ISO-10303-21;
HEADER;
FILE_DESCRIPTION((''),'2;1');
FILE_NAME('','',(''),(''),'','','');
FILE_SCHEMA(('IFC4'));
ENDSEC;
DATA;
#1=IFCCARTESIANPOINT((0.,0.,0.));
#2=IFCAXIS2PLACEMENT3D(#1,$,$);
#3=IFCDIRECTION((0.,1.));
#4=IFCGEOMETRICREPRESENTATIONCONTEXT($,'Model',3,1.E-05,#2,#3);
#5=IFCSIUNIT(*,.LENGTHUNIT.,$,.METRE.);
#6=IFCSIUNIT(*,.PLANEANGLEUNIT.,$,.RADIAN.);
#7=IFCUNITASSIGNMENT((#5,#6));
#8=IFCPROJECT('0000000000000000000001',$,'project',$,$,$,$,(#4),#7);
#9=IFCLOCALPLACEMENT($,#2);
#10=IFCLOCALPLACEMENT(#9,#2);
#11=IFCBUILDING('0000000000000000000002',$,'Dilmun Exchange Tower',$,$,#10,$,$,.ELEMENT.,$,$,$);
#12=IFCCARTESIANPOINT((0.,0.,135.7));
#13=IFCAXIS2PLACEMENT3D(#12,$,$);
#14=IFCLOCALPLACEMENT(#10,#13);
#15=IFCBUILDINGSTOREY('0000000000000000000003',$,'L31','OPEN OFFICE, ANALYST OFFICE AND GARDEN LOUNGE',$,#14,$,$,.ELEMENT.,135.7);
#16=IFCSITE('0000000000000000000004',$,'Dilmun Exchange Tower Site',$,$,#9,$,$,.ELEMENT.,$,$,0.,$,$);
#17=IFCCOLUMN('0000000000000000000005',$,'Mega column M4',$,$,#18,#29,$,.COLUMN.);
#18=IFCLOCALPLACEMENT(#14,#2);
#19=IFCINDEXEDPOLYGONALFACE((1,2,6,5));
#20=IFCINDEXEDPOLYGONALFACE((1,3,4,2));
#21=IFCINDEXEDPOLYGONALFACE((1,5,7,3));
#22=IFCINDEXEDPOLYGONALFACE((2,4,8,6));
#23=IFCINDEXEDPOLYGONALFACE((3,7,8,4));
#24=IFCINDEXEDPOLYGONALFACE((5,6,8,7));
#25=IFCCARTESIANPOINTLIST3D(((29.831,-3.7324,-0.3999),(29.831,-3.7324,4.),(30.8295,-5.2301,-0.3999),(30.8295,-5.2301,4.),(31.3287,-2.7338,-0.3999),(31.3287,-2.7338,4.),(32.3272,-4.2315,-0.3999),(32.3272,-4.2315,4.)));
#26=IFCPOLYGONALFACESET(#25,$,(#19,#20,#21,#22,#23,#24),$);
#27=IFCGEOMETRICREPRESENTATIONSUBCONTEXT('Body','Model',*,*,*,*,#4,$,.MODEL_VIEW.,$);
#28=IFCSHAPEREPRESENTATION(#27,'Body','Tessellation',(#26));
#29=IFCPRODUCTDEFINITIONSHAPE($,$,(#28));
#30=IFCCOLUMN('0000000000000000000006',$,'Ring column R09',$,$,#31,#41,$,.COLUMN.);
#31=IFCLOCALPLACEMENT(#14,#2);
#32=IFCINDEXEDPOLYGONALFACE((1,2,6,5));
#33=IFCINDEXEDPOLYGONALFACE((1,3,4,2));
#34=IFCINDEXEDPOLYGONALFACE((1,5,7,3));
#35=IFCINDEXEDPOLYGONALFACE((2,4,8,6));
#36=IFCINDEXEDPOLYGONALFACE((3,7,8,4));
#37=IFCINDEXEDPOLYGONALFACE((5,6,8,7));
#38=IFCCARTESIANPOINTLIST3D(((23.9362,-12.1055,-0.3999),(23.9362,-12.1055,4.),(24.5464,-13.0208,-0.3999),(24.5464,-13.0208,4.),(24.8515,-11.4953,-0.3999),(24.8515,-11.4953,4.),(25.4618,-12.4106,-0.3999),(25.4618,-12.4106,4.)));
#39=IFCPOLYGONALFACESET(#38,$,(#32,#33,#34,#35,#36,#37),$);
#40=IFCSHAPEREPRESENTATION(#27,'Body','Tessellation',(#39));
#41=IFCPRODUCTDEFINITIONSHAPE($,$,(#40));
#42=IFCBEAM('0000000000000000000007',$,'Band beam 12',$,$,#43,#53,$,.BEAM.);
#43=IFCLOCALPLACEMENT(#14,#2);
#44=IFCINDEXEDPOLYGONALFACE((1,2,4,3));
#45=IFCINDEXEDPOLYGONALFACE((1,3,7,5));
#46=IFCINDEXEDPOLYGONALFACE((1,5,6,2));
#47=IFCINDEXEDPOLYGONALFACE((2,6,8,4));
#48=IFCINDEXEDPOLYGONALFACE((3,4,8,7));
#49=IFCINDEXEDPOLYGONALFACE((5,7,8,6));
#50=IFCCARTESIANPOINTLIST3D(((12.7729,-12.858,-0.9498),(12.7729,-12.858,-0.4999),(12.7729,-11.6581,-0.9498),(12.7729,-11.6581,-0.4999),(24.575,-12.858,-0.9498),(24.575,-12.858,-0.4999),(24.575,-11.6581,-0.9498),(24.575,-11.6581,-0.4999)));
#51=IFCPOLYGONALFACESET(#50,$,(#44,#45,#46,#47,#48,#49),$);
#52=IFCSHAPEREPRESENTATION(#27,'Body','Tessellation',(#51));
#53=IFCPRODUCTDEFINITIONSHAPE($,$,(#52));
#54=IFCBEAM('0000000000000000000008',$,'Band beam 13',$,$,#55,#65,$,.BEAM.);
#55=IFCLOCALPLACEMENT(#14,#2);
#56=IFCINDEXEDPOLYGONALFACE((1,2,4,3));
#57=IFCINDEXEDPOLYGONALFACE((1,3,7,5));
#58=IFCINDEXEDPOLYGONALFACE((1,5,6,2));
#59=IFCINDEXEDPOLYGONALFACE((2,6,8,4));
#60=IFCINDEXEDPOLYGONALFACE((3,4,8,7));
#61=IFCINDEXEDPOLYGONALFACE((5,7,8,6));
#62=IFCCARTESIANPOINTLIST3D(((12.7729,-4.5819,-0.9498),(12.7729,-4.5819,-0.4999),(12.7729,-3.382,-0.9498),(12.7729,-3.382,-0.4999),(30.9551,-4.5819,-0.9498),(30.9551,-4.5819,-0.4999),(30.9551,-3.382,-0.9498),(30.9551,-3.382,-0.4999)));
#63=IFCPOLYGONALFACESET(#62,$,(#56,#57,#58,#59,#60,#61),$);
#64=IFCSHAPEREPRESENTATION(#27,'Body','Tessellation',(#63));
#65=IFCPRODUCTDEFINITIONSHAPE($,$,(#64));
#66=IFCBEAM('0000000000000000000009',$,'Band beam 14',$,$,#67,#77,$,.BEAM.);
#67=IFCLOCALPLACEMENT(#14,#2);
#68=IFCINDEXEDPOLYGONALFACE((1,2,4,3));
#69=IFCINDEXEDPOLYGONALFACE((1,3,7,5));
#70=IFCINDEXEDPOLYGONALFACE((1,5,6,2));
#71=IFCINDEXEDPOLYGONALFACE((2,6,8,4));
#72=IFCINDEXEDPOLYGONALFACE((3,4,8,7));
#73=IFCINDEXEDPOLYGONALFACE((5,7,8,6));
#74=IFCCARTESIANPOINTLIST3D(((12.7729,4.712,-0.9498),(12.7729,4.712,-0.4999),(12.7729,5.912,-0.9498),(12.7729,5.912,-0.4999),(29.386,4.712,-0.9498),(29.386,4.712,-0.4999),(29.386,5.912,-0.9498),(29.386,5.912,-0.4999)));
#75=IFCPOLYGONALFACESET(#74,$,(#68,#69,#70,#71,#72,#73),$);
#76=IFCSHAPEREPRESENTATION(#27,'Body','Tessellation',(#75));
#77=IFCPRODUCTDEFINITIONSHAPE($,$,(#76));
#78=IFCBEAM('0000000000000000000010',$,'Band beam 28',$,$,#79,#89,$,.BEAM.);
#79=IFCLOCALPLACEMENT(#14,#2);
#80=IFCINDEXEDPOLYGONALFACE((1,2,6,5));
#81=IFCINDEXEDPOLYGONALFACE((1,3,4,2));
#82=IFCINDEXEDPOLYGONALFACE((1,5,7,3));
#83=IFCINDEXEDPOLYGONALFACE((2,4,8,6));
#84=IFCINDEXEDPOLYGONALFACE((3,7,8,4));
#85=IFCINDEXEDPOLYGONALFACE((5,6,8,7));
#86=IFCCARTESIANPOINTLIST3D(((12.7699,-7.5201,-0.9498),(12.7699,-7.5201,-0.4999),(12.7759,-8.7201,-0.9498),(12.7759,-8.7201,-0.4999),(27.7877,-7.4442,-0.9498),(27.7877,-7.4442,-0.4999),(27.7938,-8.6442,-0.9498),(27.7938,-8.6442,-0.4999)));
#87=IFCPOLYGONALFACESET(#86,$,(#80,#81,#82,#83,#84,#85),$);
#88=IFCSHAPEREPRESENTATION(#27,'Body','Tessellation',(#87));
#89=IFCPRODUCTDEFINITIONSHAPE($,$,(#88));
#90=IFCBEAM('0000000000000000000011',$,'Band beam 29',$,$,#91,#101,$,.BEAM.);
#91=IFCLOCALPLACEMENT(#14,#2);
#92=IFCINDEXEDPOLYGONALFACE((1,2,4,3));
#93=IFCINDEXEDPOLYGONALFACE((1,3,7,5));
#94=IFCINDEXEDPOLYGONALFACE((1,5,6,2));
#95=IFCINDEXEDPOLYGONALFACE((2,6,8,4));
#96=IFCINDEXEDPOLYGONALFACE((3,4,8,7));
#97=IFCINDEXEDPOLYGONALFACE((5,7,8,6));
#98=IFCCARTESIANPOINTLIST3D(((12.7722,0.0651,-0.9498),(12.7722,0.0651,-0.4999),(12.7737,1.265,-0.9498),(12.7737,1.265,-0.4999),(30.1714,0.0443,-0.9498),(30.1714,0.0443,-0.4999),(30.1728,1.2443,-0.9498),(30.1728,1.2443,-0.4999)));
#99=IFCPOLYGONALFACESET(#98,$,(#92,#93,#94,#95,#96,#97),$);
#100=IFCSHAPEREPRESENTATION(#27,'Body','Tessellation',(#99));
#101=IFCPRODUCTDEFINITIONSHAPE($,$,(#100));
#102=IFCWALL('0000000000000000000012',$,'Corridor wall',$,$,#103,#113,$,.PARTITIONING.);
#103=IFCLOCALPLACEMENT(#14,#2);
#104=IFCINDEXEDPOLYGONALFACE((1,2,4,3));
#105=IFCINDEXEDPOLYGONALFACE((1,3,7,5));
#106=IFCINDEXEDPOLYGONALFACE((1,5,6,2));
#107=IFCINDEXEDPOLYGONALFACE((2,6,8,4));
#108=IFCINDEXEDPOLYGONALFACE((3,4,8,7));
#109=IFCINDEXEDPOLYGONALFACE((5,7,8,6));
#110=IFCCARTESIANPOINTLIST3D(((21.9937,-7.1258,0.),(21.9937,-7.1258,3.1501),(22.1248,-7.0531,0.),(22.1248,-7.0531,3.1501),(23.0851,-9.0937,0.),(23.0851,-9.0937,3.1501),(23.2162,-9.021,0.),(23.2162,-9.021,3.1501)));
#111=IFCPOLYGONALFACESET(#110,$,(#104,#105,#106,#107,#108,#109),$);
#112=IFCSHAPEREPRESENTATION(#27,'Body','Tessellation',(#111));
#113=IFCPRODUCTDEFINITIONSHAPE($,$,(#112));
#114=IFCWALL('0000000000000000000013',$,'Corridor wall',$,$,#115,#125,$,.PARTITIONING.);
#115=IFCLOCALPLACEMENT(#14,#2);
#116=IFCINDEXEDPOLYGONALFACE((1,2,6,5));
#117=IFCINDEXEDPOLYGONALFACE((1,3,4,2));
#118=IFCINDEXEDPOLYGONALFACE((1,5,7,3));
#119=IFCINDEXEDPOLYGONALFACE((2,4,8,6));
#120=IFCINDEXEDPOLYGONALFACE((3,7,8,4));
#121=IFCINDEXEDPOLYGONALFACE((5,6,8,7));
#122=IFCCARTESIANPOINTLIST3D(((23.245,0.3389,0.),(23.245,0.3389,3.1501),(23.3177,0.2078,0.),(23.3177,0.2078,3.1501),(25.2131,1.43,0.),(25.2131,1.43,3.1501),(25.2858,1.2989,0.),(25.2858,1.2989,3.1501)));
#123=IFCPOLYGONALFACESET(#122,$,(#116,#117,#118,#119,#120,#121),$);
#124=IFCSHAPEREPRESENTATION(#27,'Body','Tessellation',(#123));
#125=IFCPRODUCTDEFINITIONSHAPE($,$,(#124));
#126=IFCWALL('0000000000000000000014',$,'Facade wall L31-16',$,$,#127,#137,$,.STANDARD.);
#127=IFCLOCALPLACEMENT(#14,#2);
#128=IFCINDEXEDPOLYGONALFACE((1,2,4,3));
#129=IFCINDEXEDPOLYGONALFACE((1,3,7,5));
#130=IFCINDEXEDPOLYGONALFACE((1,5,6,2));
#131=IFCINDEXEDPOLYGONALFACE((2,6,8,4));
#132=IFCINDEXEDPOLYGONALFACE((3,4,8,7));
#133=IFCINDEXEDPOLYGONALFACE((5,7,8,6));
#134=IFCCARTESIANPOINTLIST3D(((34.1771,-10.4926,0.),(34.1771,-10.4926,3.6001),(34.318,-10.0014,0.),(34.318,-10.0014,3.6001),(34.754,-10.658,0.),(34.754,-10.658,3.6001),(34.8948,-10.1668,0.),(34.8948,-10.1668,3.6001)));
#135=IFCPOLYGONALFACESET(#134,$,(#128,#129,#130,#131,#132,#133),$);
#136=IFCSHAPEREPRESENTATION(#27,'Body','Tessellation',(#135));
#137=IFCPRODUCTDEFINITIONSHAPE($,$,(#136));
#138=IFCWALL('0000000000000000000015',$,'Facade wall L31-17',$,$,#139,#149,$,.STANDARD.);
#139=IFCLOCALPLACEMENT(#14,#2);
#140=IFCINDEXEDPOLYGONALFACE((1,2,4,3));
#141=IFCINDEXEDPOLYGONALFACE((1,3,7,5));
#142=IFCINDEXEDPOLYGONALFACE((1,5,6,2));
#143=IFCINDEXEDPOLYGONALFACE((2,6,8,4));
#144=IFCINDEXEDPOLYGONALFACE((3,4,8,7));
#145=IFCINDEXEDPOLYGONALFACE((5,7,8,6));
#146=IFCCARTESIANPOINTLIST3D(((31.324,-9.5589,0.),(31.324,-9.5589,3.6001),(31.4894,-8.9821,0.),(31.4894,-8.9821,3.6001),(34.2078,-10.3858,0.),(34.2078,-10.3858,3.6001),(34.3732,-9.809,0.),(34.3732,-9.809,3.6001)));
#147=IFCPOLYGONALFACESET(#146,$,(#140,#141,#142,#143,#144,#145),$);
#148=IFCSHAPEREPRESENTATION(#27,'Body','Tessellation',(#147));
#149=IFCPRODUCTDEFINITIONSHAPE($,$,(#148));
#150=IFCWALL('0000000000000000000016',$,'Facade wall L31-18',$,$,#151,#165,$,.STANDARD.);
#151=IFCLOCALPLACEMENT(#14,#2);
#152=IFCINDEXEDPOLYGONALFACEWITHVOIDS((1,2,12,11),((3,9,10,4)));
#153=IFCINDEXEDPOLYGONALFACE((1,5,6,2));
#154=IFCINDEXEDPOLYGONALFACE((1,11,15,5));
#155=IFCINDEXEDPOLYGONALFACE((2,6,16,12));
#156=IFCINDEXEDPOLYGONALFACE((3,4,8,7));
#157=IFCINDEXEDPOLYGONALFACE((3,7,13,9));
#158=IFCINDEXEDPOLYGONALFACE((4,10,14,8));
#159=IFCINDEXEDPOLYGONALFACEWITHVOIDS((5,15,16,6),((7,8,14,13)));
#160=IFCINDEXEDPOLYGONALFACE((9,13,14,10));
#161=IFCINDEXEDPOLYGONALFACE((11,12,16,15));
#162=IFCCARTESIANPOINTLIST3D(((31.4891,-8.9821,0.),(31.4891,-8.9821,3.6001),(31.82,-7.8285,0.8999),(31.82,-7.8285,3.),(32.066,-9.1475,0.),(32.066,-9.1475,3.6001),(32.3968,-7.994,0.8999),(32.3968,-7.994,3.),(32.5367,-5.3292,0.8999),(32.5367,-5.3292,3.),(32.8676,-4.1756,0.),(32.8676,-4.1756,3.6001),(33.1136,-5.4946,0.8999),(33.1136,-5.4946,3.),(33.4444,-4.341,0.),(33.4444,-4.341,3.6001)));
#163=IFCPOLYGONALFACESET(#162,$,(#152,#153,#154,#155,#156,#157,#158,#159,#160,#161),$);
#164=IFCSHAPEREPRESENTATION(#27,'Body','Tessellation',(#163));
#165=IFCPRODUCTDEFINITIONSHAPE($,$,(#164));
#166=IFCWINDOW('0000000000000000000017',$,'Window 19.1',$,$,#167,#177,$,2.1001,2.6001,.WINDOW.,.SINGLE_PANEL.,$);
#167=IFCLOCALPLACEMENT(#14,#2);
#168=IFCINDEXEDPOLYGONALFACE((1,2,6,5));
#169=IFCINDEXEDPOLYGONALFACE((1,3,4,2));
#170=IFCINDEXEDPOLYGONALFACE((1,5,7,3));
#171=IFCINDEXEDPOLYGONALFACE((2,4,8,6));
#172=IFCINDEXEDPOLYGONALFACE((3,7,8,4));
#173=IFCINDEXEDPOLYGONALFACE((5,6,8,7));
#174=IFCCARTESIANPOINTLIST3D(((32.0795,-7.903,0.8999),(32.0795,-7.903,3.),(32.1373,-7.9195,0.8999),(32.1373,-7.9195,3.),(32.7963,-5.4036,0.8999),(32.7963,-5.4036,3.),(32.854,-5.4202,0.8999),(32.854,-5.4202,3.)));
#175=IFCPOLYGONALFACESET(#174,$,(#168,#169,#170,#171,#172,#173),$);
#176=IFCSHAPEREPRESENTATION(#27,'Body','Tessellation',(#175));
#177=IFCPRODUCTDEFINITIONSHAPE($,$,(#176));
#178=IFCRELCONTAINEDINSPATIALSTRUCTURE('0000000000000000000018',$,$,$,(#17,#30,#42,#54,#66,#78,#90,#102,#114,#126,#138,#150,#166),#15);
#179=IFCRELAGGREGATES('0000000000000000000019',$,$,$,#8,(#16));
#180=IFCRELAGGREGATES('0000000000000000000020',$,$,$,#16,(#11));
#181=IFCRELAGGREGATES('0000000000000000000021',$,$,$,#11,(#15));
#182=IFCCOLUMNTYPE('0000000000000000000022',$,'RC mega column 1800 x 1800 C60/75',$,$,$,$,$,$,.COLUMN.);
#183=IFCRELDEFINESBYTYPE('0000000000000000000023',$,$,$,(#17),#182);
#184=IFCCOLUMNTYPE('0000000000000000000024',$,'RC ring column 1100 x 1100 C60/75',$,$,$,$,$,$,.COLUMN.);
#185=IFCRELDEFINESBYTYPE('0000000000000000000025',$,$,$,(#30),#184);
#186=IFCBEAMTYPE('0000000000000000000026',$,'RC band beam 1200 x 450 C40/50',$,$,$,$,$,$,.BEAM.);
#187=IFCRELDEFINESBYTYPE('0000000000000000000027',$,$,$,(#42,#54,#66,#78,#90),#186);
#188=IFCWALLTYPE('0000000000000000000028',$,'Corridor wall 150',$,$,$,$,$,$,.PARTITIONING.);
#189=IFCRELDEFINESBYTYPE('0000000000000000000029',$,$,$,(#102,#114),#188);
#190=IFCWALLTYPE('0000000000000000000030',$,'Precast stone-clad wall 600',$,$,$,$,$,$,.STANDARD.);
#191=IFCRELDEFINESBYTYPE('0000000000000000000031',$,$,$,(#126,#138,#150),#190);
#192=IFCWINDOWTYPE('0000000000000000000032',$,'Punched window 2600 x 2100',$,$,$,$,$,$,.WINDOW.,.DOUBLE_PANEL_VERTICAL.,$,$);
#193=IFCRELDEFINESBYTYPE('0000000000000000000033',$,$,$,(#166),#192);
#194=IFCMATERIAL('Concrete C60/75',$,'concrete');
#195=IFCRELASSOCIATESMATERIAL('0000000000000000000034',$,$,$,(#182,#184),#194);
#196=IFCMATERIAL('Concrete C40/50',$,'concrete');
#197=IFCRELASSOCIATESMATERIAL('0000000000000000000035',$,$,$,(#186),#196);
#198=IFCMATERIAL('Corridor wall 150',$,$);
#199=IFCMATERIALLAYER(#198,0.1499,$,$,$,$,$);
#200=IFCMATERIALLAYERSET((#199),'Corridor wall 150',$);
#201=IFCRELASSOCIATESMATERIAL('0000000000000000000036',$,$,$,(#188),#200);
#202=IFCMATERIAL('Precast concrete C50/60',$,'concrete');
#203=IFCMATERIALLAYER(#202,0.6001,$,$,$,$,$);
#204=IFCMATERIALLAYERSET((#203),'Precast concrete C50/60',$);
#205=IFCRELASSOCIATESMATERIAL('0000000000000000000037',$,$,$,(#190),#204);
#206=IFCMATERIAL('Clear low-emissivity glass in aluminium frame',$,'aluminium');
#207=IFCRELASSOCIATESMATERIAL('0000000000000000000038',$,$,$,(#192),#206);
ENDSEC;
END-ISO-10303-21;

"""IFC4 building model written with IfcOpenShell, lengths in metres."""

from ifc_helpers import new_model, si_unit, direction, frame, frame_2d, origin, origin_2d, place, context, subcontext, project, spatial, rectangle, extrude, material, layer, layer_set, material_profile, profile_set, type_object, element, fill, save


model = new_model("IFC4")

# Units and contexts
model_context = context("Model", 3, precision=1e-05, world=origin(), true_north=direction((0.0, 1.0)))
body_context = subcontext(model_context, "Body", "Model", "MODEL_VIEW")
ifc_project = project(units=[si_unit("LENGTHUNIT", "METRE"), si_unit("PLANEANGLEUNIT", "RADIAN")], contexts=[model_context])

# Site, building, storey
site_placement = place(None, origin())
site = spatial("IfcSite", under=ifc_project, at=site_placement, Name="Dilmun Exchange Tower Site", CompositionType="ELEMENT", RefElevation=0.0)
building_placement = place(site_placement, origin())
building = spatial("IfcBuilding", under=site, at=building_placement, Name="Dilmun Exchange Tower", CompositionType="ELEMENT")
storey_placement = place(building_placement, frame((0.0, 0.0, 135.7)))
storey = spatial("IfcBuildingStorey", under=building, at=storey_placement, Name="L31", Description="OPEN OFFICE, ANALYST OFFICE AND GARDEN LOUNGE", CompositionType="ELEMENT", Elevation=135.7)

# Columns
ifc_material_1 = material(Name="Concrete C60/75", Category="concrete")
ifc_material_profile_1 = material_profile(ifc_material_1, rectangle(XDim=1.8, YDim=1.8, at=origin_2d()), Name="1800 x 1800")
ifc_profile_set_1 = profile_set([ifc_material_profile_1], Name="Concrete C60/75")
column_type_1 = type_object("IfcColumnType", Name="RC mega column 1800 x 1800 C60/75", PredefinedType="COLUMN", material=ifc_profile_set_1)
column_1_placement = place(storey_placement, frame((31.0791, -3.9819, -0.3999), z_axis=(0.0, 0.0, 1.0), x_axis=(0.832029, 0.554733, 0.0)))
element("IfcColumn", 1, at=column_1_placement, inside=storey, type_object=column_type_1, Name="Mega column M4", PredefinedType="COLUMN", context=body_context, shape_type="SweptSolid", body=[
    extrude(rectangle(XDim=1.8, YDim=1.8, at=origin_2d()), origin(), (0.0, 0.0, 1.0), 4.3999),
])
ifc_material_profile_2 = material_profile(ifc_material_1, rectangle(XDim=1.1001, YDim=1.1001, at=origin_2d()), Name="1100 x 1100")
ifc_profile_set_2 = profile_set([ifc_material_profile_2], Name="Concrete C60/75")
column_type_2 = type_object("IfcColumnType", Name="RC ring column 1100 x 1100 C60/75", PredefinedType="COLUMN", material=ifc_profile_set_2)
column_2_placement = place(storey_placement, frame((24.699, -12.2581, -0.3999), z_axis=(0.0, 0.0, 1.0), x_axis=(0.832029, 0.554733, 0.0)))
element("IfcColumn", 2, at=column_2_placement, inside=storey, type_object=column_type_2, Name="Ring column R09", PredefinedType="COLUMN", context=body_context, shape_type="SweptSolid", body=[
    extrude(rectangle(XDim=1.1001, YDim=1.1001, at=origin_2d()), origin(), (0.0, 0.0, 1.0), 4.3999),
])

# Beams
ifc_material_2 = material(Name="Concrete C40/50", Category="concrete")
ifc_material_profile_3 = material_profile(ifc_material_2, rectangle(XDim=1.2, YDim=0.45, at=origin_2d()), Name="1200 x 450")
ifc_profile_set_3 = profile_set([ifc_material_profile_3], Name="Concrete C40/50")
beam_type = type_object("IfcBeamType", Name="RC band beam 1200 x 450 C40/50", PredefinedType="BEAM", material=ifc_profile_set_3)
beam_1_placement = place(storey_placement, frame((24.575, -12.2581, -0.7249), z_axis=(-1.0, 0.0, 0.0), x_axis=(0.0, -1.0, 0.0)))
element("IfcBeam", 3, at=beam_1_placement, inside=storey, type_object=beam_type, Name="Band beam 12", PredefinedType="BEAM", context=body_context, shape_type="SweptSolid", body=[
    extrude(rectangle(XDim=1.2, YDim=0.45, at=origin_2d()), origin(), (0.0, 0.0, 1.0), 11.802),
])
beam_2_placement = place(storey_placement, frame((30.9551, -3.9819, -0.7249), z_axis=(-1.0, 0.0, 0.0), x_axis=(0.0, -1.0, 0.0)))
element("IfcBeam", 4, at=beam_2_placement, inside=storey, type_object=beam_type, Name="Band beam 13", PredefinedType="BEAM", context=body_context, shape_type="SweptSolid", body=[
    extrude(rectangle(XDim=1.2, YDim=0.45, at=origin_2d()), origin(), (0.0, 0.0, 1.0), 18.1821),
])
beam_3_placement = place(storey_placement, frame((29.386, 5.312, -0.7249), z_axis=(-1.0, 0.0, 0.0), x_axis=(0.0, -1.0, 0.0)))
element("IfcBeam", 5, at=beam_3_placement, inside=storey, type_object=beam_type, Name="Band beam 14", PredefinedType="BEAM", context=body_context, shape_type="SweptSolid", body=[
    extrude(rectangle(XDim=1.2, YDim=0.45, at=origin_2d()), origin(), (0.0, 0.0, 1.0), 16.613),
])
beam_4_placement = place(storey_placement, frame((27.7908, -8.0442, -0.7249), z_axis=(-0.999987, -0.005056, 0.0), x_axis=(0.005056, -0.999987, 0.0)))
element("IfcBeam", 6, at=beam_4_placement, inside=storey, type_object=beam_type, Name="Band beam 28", PredefinedType="BEAM", context=body_context, shape_type="SweptSolid", body=[
    extrude(rectangle(XDim=1.2, YDim=0.45, at=origin_2d()), origin(), (0.0, 0.0, 1.0), 15.0181),
])
beam_5_placement = place(storey_placement, frame((30.1721, 0.6443, -0.7249), z_axis=(-0.999999, 0.001193, 0.0), x_axis=(-0.001193, -0.999999, 0.0)))
element("IfcBeam", 7, at=beam_5_placement, inside=storey, type_object=beam_type, Name="Band beam 29", PredefinedType="BEAM", context=body_context, shape_type="SweptSolid", body=[
    extrude(rectangle(XDim=1.2, YDim=0.45, at=origin_2d()), origin(), (0.0, 0.0, 1.0), 17.3992),
])

# Walls
ifc_material_3 = material(Name="Corridor wall 150")
ifc_layer_1 = layer(ifc_material_3, 0.1499)
ifc_layer_set_1 = layer_set([ifc_layer_1], Name="Corridor wall 150")
wall_type_1 = type_object("IfcWallType", Name="Corridor wall 150", PredefinedType="PARTITIONING", material=ifc_layer_set_1)
for number, where, z_axis, x_axis, name in (
    (8, (22.0593, -7.0896, 0.0), (0.0, 0.0, 1.0), (0.484998, -0.874515, 0.0), "Corridor wall"),
    (9, (23.2815, 0.2734, 0.0), (0.0, 0.0, 1.0), (0.874587, 0.484869, 0.0), "Corridor wall"),
):
    element("IfcWall", number, at=place(storey_placement, frame(where, z_axis=z_axis, x_axis=x_axis)), inside=storey, type_object=wall_type_1, Name=name, PredefinedType="PARTITIONING", context=body_context, shape_type="SweptSolid", body=[
        extrude(rectangle(XDim=2.2502, YDim=0.1499, at=frame_2d((1.125, 0.0))), origin(), (0.0, 0.0, 1.0), 3.1501),
    ])
ifc_material_4 = material(Name="Precast concrete C50/60", Category="concrete")
ifc_layer_2 = layer(ifc_material_4, 0.6001)
ifc_layer_set_2 = layer_set([ifc_layer_2], Name="Precast concrete C50/60")
wall_type_2 = type_object("IfcWallType", Name="Precast stone-clad wall 600", PredefinedType="STANDARD", material=ifc_layer_set_2)
wall_1_placement = place(storey_placement, frame((34.4656, -10.5752, 0.0), z_axis=(0.0, 0.0, 1.0), x_axis=(0.275668, 0.961253, 0.0)))
element("IfcWall", 10, at=wall_1_placement, inside=storey, type_object=wall_type_2, Name="Facade wall L31-16", PredefinedType="STANDARD", context=body_context, shape_type="SweptSolid", body=[
    extrude(rectangle(XDim=0.511, YDim=0.6001, at=frame_2d((0.2554, 0.0))), origin(), (0.0, 0.0, 1.0), 3.6001),
])
wall_2_placement = place(storey_placement, frame((34.2905, -10.0974, 0.0), z_axis=(0.0, 0.0, 1.0), x_axis=(-0.961262, 0.275635, 0.0)))
element("IfcWall", 11, at=wall_2_placement, inside=storey, type_object=wall_type_2, Name="Facade wall L31-17", PredefinedType="STANDARD", context=body_context, shape_type="SweptSolid", body=[
    extrude(rectangle(XDim=3.0, YDim=0.6001, at=frame_2d((1.5, 0.0))), origin(), (0.0, 0.0, 1.0), 3.6001),
])

# Wall, opening, window
wall_3_placement = place(storey_placement, frame((31.7776, -9.0647, 0.0), z_axis=(0.0, 0.0, 1.0), x_axis=(0.275675, 0.961251, 0.0)))
wall_3 = element("IfcWall", 12, at=wall_3_placement, inside=storey, type_object=wall_type_2, Name="Facade wall L31-18", PredefinedType="STANDARD", context=body_context, shape_type="SweptSolid", body=[
    extrude(rectangle(XDim=5.0002, YDim=0.6001, at=frame_2d((2.5, 0.0))), origin(), (0.0, 0.0, 1.0), 3.6001),
])
opening_1_placement = place(wall_3_placement, frame((1.2, 0.0, 0.8999)))
opening_1 = element("IfcOpeningElement", 13, at=opening_1_placement, cuts=wall_3, PredefinedType="OPENING", context=body_context, shape_type="SweptSolid", body=[
    extrude(rectangle(XDim=2.6001, YDim=2.1001, at=frame_2d((1.3, 1.05))), frame((0.0, 0.3101, 0.0), z_axis=(0.0, -1.0, 0.0), x_axis=(1.0, 0.0, 0.0)), (0.0, 0.0, 1.0), 0.6201),
])
ifc_material_5 = material(Name="Clear low-emissivity glass in aluminium frame", Category="aluminium")
window_type_1 = type_object("IfcWindowType", Name="Punched window 2600 x 2100", PartitioningType="DOUBLE_PANEL_VERTICAL", PredefinedType="WINDOW", material=ifc_material_5)
window_1_placement = place(opening_1_placement, origin())
window_1 = element("IfcWindow", 14, at=window_1_placement, inside=storey, type_object=window_type_1, Name="Window 19.1", OverallHeight=2.1001, OverallWidth=2.6001, PartitioningType="SINGLE_PANEL", PredefinedType="WINDOW", context=body_context, shape_type="SweptSolid", body=[
    extrude(rectangle(XDim=2.6001, YDim=2.1001, at=frame_2d((1.3, 1.05))), frame((0.0, 0.03, 0.0), z_axis=(0.0, -1.0, 0.0), x_axis=(1.0, 0.0, 0.0)), (0.0, 0.0, 1.0), 0.0601),
])
fill(opening_1, window_1)

save(model, "model.ifc")
